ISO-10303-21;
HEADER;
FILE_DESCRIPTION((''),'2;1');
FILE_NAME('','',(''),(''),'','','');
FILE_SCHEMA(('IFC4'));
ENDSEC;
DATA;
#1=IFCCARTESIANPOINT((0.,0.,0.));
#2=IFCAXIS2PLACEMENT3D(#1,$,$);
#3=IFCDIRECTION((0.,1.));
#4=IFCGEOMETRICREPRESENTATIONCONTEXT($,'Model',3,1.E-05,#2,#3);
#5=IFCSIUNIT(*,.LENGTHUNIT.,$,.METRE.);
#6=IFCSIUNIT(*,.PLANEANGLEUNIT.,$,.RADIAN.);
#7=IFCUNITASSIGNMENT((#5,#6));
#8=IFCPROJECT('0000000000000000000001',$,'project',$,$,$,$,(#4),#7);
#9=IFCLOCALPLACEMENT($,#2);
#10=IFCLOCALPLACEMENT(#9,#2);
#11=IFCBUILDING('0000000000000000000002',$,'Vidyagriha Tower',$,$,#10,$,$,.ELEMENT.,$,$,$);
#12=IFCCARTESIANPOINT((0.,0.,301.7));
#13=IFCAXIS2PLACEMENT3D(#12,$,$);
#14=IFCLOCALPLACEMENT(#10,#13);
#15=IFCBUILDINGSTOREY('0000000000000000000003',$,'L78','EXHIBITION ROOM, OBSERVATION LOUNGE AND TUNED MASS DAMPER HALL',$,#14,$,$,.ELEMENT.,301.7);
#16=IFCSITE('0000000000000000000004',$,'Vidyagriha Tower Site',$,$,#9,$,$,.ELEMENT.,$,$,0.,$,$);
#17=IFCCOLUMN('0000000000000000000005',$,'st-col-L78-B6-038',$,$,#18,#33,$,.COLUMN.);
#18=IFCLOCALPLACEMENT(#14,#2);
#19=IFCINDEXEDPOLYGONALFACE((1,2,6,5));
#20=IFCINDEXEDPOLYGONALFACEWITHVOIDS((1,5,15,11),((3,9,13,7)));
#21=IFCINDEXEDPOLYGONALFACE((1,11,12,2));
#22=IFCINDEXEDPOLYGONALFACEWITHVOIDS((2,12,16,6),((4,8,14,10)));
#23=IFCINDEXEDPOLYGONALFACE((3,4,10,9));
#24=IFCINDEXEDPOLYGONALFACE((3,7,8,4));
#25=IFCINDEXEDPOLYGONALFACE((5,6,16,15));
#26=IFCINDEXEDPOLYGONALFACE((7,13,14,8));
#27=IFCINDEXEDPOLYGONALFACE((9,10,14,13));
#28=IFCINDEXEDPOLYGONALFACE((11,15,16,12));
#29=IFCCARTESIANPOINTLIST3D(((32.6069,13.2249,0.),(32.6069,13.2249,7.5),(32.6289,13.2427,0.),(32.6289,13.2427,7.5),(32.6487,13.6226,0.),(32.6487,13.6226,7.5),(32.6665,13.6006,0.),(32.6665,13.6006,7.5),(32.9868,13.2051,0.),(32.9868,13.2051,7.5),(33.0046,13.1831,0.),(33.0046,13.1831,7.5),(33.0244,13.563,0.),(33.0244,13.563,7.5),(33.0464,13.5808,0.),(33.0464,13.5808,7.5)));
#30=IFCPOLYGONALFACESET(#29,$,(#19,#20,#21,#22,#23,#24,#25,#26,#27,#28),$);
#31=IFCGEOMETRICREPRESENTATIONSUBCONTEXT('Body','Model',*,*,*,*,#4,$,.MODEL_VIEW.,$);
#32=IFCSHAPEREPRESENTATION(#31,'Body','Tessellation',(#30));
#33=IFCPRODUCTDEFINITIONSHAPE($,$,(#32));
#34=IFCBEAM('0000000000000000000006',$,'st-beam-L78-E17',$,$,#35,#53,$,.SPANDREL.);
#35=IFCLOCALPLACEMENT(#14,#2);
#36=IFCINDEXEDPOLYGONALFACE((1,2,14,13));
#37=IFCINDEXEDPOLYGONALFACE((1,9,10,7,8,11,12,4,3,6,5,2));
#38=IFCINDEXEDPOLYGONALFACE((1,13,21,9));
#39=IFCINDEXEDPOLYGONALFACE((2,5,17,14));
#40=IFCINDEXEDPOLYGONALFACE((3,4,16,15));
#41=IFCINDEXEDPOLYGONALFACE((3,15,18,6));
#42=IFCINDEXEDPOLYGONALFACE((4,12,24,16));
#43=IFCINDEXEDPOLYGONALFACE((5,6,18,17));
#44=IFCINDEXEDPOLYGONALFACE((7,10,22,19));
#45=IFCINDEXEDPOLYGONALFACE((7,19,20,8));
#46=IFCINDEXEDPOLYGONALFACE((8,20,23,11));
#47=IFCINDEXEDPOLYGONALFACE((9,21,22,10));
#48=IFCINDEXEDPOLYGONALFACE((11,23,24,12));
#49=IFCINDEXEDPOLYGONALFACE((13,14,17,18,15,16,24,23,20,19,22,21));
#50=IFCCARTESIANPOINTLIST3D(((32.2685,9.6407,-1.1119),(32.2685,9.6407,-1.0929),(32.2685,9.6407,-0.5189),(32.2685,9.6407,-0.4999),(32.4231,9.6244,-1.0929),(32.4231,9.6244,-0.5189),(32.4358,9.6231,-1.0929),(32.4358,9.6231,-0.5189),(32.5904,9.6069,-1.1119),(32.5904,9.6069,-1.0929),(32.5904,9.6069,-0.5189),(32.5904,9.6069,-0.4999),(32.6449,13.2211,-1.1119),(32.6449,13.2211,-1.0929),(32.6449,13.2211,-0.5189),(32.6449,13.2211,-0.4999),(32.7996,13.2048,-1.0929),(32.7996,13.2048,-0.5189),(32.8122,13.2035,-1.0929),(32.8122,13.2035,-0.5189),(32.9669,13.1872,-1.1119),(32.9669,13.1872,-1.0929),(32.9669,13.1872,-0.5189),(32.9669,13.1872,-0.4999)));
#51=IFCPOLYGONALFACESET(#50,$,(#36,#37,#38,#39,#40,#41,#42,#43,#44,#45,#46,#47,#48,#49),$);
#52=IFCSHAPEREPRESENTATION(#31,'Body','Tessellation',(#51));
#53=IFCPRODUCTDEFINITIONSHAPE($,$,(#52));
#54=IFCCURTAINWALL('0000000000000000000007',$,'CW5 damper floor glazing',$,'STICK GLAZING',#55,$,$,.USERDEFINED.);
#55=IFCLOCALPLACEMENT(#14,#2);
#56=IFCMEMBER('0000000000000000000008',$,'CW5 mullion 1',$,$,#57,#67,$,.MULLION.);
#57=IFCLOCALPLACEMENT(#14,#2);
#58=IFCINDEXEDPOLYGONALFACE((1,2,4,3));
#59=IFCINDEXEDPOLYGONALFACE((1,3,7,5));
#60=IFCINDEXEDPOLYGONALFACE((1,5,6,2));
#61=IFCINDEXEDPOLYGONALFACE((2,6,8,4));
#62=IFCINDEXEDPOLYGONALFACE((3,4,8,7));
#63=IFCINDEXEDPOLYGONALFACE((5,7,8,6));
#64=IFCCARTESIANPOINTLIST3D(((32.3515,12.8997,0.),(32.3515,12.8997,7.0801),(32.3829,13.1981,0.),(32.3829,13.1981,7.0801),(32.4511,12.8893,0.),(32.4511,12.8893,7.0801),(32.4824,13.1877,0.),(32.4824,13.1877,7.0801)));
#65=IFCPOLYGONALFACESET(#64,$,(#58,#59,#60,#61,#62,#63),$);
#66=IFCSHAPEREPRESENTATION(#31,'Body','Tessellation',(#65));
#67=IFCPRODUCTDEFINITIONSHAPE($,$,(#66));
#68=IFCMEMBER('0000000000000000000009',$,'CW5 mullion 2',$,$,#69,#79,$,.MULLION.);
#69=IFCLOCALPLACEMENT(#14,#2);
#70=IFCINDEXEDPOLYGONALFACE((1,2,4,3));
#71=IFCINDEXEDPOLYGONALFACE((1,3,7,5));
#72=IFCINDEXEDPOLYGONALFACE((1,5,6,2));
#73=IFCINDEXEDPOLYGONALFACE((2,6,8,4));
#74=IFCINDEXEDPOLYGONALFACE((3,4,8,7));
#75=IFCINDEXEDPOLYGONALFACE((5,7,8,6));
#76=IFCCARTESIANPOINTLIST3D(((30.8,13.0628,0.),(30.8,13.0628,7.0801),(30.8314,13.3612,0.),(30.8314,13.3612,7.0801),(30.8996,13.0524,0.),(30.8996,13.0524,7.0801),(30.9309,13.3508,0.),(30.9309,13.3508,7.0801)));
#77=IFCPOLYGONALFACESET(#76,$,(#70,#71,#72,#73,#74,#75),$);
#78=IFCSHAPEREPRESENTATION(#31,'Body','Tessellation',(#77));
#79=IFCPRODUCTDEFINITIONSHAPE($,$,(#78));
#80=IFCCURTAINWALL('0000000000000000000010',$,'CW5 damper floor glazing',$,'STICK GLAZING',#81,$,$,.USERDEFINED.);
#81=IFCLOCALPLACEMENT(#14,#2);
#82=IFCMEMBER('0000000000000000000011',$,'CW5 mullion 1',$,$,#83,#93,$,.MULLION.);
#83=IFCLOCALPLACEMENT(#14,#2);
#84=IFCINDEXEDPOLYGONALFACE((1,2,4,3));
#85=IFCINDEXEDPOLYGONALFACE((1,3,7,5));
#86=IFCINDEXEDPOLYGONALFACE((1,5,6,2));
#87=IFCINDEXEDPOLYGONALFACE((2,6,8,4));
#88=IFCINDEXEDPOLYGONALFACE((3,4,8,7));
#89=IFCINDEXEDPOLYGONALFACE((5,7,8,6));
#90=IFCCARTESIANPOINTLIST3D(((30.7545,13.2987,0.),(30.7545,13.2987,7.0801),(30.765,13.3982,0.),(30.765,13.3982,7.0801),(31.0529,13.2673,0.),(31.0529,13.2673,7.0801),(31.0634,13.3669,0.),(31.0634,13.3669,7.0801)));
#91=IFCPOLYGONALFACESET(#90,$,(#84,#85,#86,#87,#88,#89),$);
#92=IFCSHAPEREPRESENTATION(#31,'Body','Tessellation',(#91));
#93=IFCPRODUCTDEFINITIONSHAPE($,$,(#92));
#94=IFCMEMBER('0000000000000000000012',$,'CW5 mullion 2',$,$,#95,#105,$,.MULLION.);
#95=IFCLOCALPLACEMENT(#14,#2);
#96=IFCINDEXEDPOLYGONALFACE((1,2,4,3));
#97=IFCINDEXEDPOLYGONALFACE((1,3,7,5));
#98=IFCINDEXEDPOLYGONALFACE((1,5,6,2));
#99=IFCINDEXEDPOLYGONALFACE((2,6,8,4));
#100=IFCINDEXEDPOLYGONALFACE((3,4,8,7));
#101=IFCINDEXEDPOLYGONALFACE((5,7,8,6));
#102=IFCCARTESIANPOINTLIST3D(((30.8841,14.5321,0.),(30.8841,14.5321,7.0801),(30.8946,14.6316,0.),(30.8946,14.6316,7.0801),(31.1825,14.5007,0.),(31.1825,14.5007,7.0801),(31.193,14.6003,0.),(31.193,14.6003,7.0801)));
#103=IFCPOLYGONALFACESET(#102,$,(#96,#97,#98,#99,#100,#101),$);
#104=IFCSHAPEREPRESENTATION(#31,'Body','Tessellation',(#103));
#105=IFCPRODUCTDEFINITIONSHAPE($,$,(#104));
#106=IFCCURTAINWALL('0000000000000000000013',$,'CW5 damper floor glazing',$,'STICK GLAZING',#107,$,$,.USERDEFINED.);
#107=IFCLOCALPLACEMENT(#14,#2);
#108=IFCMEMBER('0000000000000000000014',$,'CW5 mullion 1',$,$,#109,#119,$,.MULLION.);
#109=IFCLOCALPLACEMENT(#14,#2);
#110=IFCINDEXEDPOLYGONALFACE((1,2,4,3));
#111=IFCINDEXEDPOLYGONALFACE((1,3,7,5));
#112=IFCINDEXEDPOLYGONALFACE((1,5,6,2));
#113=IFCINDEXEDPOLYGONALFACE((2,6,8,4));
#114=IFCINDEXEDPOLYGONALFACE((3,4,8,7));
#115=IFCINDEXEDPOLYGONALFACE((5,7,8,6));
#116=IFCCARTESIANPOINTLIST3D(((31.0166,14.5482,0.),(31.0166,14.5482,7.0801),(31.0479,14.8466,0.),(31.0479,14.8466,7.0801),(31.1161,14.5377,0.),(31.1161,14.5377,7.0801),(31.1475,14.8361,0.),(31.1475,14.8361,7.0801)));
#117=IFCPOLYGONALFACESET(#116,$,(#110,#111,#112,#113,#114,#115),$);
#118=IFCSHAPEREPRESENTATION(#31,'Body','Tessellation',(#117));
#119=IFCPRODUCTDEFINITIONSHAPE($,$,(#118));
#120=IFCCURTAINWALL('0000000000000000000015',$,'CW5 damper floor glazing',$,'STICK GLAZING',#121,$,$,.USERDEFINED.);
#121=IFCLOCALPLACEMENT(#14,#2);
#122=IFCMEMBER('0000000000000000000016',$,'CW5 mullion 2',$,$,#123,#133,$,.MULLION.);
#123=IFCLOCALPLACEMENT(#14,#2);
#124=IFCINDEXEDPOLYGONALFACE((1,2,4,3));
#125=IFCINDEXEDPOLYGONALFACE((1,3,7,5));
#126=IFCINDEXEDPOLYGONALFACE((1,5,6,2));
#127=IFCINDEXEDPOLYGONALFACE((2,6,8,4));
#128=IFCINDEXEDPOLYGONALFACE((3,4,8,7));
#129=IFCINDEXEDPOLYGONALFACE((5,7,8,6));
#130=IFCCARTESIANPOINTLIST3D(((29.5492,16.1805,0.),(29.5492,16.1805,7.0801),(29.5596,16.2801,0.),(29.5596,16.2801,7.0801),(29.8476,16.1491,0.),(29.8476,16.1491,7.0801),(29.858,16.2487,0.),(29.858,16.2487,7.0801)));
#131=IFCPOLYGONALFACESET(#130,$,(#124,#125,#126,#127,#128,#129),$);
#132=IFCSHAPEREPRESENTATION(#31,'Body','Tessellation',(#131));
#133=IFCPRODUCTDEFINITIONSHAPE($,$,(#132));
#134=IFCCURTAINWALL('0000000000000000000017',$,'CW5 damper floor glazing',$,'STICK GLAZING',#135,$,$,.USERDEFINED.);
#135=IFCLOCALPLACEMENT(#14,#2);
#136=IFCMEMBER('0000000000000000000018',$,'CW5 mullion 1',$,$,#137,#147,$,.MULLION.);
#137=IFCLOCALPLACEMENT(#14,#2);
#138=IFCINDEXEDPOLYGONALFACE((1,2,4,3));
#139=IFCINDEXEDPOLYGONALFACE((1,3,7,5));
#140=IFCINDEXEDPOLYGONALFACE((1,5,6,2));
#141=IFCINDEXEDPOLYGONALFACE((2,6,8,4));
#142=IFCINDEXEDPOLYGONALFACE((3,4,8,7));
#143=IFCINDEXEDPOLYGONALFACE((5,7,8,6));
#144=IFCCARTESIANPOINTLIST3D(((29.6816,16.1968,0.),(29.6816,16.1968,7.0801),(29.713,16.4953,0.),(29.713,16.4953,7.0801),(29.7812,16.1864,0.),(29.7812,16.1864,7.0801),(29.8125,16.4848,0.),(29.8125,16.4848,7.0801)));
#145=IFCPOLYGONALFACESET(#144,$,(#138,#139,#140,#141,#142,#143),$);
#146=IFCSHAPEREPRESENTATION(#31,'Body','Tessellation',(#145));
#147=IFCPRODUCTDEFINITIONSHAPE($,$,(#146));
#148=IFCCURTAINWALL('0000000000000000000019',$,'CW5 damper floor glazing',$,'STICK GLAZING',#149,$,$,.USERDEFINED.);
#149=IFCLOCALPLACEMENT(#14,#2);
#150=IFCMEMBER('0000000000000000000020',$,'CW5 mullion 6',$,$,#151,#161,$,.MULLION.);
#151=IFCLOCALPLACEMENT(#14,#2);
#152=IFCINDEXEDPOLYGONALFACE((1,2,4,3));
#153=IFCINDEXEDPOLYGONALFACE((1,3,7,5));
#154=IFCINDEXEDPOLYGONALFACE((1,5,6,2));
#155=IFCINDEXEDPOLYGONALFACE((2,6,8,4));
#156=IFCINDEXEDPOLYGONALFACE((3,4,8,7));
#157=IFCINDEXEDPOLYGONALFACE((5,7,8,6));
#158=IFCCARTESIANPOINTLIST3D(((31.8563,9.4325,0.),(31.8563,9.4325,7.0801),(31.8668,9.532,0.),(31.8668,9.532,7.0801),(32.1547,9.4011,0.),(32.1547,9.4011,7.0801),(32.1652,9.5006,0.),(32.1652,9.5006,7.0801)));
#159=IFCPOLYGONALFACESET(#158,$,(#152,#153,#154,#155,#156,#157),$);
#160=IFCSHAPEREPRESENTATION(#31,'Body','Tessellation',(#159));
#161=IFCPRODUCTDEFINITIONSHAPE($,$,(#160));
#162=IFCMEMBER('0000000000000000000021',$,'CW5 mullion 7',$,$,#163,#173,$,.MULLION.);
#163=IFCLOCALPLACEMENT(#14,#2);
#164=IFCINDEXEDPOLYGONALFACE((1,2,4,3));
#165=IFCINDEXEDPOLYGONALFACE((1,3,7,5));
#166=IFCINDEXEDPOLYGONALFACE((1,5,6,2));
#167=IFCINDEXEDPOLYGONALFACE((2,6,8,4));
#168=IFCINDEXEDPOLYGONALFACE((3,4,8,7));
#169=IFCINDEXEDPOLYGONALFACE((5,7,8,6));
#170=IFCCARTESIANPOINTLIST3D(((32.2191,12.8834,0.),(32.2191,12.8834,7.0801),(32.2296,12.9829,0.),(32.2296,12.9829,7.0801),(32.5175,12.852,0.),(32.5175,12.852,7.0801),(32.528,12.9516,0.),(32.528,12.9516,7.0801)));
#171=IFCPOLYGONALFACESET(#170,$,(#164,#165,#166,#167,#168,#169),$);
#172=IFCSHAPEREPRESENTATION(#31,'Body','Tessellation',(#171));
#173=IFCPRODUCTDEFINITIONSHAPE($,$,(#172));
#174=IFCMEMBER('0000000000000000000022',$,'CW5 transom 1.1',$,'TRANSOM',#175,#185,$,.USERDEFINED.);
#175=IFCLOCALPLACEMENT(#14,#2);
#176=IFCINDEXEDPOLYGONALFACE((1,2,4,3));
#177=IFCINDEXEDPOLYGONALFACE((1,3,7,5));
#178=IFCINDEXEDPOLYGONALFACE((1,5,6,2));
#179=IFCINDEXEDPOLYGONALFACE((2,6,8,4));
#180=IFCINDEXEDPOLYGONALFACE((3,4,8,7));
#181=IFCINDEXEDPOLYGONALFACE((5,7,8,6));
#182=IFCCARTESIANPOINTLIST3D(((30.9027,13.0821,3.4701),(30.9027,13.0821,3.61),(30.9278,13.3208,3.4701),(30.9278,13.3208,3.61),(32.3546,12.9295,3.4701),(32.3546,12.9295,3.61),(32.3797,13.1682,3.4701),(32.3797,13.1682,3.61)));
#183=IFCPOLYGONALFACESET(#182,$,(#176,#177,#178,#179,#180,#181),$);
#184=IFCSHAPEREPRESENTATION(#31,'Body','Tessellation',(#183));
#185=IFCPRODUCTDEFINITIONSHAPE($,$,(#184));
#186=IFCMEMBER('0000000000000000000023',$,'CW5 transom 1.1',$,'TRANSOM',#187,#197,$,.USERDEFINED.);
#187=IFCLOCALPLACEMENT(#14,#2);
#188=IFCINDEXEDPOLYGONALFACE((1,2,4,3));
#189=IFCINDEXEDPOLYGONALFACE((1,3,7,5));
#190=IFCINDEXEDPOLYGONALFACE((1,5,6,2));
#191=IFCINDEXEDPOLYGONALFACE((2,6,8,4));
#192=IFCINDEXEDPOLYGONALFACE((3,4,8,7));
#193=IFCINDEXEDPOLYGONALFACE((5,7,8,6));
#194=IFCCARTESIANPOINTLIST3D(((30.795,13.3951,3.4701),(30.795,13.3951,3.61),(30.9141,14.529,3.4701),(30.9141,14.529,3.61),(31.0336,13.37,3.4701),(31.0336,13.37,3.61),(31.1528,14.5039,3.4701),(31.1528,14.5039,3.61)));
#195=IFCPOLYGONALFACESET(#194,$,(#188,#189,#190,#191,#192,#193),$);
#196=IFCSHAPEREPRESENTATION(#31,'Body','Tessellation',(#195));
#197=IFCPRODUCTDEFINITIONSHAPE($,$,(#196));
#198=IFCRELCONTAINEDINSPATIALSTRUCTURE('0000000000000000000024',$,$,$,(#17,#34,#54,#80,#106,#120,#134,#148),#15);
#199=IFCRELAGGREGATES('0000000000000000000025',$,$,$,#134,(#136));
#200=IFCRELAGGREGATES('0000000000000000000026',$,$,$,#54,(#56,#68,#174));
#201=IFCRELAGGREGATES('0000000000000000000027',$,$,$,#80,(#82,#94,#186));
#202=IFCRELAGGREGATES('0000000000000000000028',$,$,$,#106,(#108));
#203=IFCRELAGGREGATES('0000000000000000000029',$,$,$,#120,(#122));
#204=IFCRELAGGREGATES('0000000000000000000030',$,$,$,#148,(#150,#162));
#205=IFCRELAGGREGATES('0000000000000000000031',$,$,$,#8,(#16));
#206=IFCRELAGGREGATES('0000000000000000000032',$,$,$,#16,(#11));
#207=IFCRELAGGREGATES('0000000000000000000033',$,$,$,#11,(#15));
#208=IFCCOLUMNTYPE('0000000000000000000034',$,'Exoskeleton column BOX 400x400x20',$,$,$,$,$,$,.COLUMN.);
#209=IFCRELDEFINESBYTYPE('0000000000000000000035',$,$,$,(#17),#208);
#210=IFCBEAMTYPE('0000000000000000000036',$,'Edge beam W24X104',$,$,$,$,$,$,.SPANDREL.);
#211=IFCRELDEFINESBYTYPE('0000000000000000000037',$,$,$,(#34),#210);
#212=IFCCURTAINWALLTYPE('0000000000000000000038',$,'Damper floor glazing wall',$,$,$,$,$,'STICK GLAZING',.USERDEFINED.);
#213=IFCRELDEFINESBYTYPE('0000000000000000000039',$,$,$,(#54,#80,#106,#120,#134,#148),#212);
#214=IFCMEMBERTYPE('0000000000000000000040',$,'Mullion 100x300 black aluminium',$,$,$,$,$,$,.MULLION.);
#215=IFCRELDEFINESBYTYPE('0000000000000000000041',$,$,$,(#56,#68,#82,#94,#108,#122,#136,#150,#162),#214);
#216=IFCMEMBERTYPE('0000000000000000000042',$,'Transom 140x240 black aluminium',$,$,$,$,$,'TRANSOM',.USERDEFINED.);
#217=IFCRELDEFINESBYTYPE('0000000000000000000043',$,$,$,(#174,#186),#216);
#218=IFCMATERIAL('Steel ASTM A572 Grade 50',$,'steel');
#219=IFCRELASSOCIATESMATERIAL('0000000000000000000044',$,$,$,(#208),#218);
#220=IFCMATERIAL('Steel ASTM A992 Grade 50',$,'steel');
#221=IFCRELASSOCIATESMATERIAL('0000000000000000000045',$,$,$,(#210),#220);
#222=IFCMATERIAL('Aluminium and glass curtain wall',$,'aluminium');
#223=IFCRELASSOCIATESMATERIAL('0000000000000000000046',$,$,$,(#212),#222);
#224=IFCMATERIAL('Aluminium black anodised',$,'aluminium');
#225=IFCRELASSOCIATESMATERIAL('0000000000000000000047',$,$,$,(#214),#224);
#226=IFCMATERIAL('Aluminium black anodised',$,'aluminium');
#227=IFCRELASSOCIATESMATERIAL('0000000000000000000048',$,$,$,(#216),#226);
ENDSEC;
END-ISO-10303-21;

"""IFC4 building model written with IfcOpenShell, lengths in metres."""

from ifc_helpers import new_model, si_unit, direction, frame, origin, origin_2d, place, context, subcontext, project, spatial, rectangle, hollow_rectangle, i_section, extrude, material, material_profile, profile_set, type_object, element, aggregate, save


model = new_model("IFC4")

# Units and contexts
model_context = context("Model", 3, precision=1e-05, world=origin(), true_north=direction((0.0, 1.0)))
body_context = subcontext(model_context, "Body", "Model", "MODEL_VIEW")
ifc_project = project(units=[si_unit("LENGTHUNIT", "METRE"), si_unit("PLANEANGLEUNIT", "RADIAN")], contexts=[model_context])

# Site, building, storey
site_placement = place(None, origin())
site = spatial("IfcSite", under=ifc_project, at=site_placement, Name="Vidyagriha Tower Site", CompositionType="ELEMENT", RefElevation=0.0)
building_placement = place(site_placement, origin())
building = spatial("IfcBuilding", under=site, at=building_placement, Name="Vidyagriha Tower", CompositionType="ELEMENT")
storey_placement = place(building_placement, frame((0.0, 0.0, 301.7)))
storey = spatial("IfcBuildingStorey", under=building, at=storey_placement, Name="L78", Description="EXHIBITION ROOM, OBSERVATION LOUNGE AND TUNED MASS DAMPER HALL", CompositionType="ELEMENT", Elevation=301.7)

# Column
ifc_material_1 = material(Name="Steel ASTM A572 Grade 50", Category="steel")
ifc_material_profile_1 = material_profile(ifc_material_1, hollow_rectangle(XDim=0.3999, YDim=0.3999, WallThickness=0.02, at=origin_2d()), Name="BOX 400x400x20")
ifc_profile_set_1 = profile_set([ifc_material_profile_1], Name="Steel ASTM A572 Grade 50")
column_type = type_object("IfcColumnType", Name="Exoskeleton column BOX 400x400x20", PredefinedType="COLUMN", material=ifc_profile_set_1)
column_placement = place(storey_placement, frame((32.8267, 13.4028, 0.0), z_axis=(0.0, 0.0, 1.0), x_axis=(0.994522, -0.104528, 0.0)))
element("IfcColumn", 1, at=column_placement, inside=storey, type_object=column_type, Name="st-col-L78-B6-038", PredefinedType="COLUMN", context=body_context, shape_type="SweptSolid", body=[
    extrude(hollow_rectangle(XDim=0.3999, YDim=0.3999, WallThickness=0.02, at=origin_2d()), origin(), (0.0, 0.0, 1.0), 7.5),
])

# Beam
ifc_material_2 = material(Name="Steel ASTM A992 Grade 50", Category="steel")
ifc_material_profile_2 = material_profile(ifc_material_2, i_section(OverallWidth=0.3237, OverallDepth=0.6121, WebThickness=0.0127, FlangeThickness=0.019, at=origin_2d()), Name="W24X104")
ifc_profile_set_2 = profile_set([ifc_material_profile_2], Name="Steel ASTM A992 Grade 50")
beam_type = type_object("IfcBeamType", Name="Edge beam W24X104", PredefinedType="SPANDREL", material=ifc_profile_set_2)
beam_placement = place(storey_placement, frame((32.4294, 9.6238, -0.8059), z_axis=(0.104572, 0.994517, 0.0), x_axis=(-0.994517, 0.104572, 0.0)))
element("IfcBeam", 2, at=beam_placement, inside=storey, type_object=beam_type, Name="st-beam-L78-E17", PredefinedType="SPANDREL", context=body_context, shape_type="SweptSolid", body=[
    extrude(i_section(OverallWidth=0.3237, OverallDepth=0.6121, WebThickness=0.0127, FlangeThickness=0.019, at=origin_2d()), origin(), (0.0, 0.0, 1.0), 3.6001),
])

# Curtain walls, members
ifc_material_3 = material(Name="Aluminium and glass curtain wall", Category="aluminium")
curtain_wall_type = type_object("IfcCurtainWallType", Name="Damper floor glazing wall", ElementType="STICK GLAZING", PredefinedType="USERDEFINED", material=ifc_material_3)
curtain_wall_1_placement = place(storey_placement, origin())
curtain_wall_1 = element("IfcCurtainWall", 3, at=curtain_wall_1_placement, inside=storey, type_object=curtain_wall_type, Name="CW5 damper floor glazing", ObjectType="STICK GLAZING", PredefinedType="USERDEFINED")
ifc_material_4 = material(Name="Aluminium black anodised", Category="aluminium")
ifc_material_profile_3 = material_profile(ifc_material_4, rectangle(XDim=0.3, YDim=0.1001, at=origin_2d()), Name="Mullion 100x300 black aluminium")
ifc_profile_set_3 = profile_set([ifc_material_profile_3], Name="Aluminium black anodised")
member_type_1 = type_object("IfcMemberType", Name="Mullion 100x300 black aluminium", PredefinedType="MULLION", material=ifc_profile_set_3)
member_1_placement = place(storey_placement, frame((32.417, 13.0437, 0.0), z_axis=(0.0, 0.0, 1.0), x_axis=(-0.104465, -0.994529, 0.0)))
member_1 = element("IfcMember", 4, at=member_1_placement, type_object=member_type_1, Name="CW5 mullion 1", PredefinedType="MULLION", context=body_context, shape_type="SweptSolid", body=[
    extrude(rectangle(XDim=0.3, YDim=0.1001, at=origin_2d()), origin(), (0.0, 0.0, 1.0), 7.0801),
])
member_2_placement = place(storey_placement, frame((30.8655, 13.2068, 0.0), z_axis=(0.0, 0.0, 1.0), x_axis=(-0.104465, -0.994529, 0.0)))
member_2 = element("IfcMember", 5, at=member_2_placement, type_object=member_type_1, Name="CW5 mullion 2", PredefinedType="MULLION", context=body_context, shape_type="SweptSolid", body=[
    extrude(rectangle(XDim=0.3, YDim=0.1001, at=origin_2d()), origin(), (0.0, 0.0, 1.0), 7.0801),
])
curtain_wall_2_placement = place(storey_placement, origin())
curtain_wall_2 = element("IfcCurtainWall", 6, at=curtain_wall_2_placement, inside=storey, type_object=curtain_wall_type, Name="CW5 damper floor glazing", ObjectType="STICK GLAZING", PredefinedType="USERDEFINED")
member_3_placement = place(storey_placement, frame((30.9089, 13.3328, 0.0), z_axis=(0.0, 0.0, 1.0), x_axis=(-0.994528, 0.104475, 0.0)))
member_3 = element("IfcMember", 7, at=member_3_placement, type_object=member_type_1, Name="CW5 mullion 1", PredefinedType="MULLION", context=body_context, shape_type="SweptSolid", body=[
    extrude(rectangle(XDim=0.3, YDim=0.1001, at=origin_2d()), origin(), (0.0, 0.0, 1.0), 7.0801),
])
member_4_placement = place(storey_placement, frame((31.0386, 14.5662, 0.0), z_axis=(0.0, 0.0, 1.0), x_axis=(-0.994528, 0.104475, 0.0)))
member_4 = element("IfcMember", 8, at=member_4_placement, type_object=member_type_1, Name="CW5 mullion 2", PredefinedType="MULLION", context=body_context, shape_type="SweptSolid", body=[
    extrude(rectangle(XDim=0.3, YDim=0.1001, at=origin_2d()), origin(), (0.0, 0.0, 1.0), 7.0801),
])

# Curtain walls, members
curtain_wall_3_placement = place(storey_placement, origin())
curtain_wall_3 = element("IfcCurtainWall", 9, at=curtain_wall_3_placement, inside=storey, type_object=curtain_wall_type, Name="CW5 damper floor glazing", ObjectType="STICK GLAZING", PredefinedType="USERDEFINED")
member_5_placement = place(storey_placement, frame((31.082, 14.6921, 0.0), z_axis=(0.0, 0.0, 1.0), x_axis=(-0.104519, -0.994523, 0.0)))
member_5 = element("IfcMember", 10, at=member_5_placement, type_object=member_type_1, Name="CW5 mullion 1", PredefinedType="MULLION", context=body_context, shape_type="SweptSolid", body=[
    extrude(rectangle(XDim=0.3, YDim=0.1001, at=origin_2d()), origin(), (0.0, 0.0, 1.0), 7.0801),
])
curtain_wall_4_placement = place(storey_placement, origin())
curtain_wall_4 = element("IfcCurtainWall", 11, at=curtain_wall_4_placement, inside=storey, type_object=curtain_wall_type, Name="CW5 damper floor glazing", ObjectType="STICK GLAZING", PredefinedType="USERDEFINED")
member_6_placement = place(storey_placement, frame((29.7036, 16.2146, 0.0), z_axis=(0.0, 0.0, 1.0), x_axis=(-0.994519, 0.104557, 0.0)))
member_6 = element("IfcMember", 12, at=member_6_placement, type_object=member_type_1, Name="CW5 mullion 2", PredefinedType="MULLION", context=body_context, shape_type="SweptSolid", body=[
    extrude(rectangle(XDim=0.3, YDim=0.1001, at=origin_2d()), origin(), (0.0, 0.0, 1.0), 7.0801),
])
curtain_wall_5_placement = place(storey_placement, origin())
curtain_wall_5 = element("IfcCurtainWall", 13, at=curtain_wall_5_placement, inside=storey, type_object=curtain_wall_type, Name="CW5 damper floor glazing", ObjectType="STICK GLAZING", PredefinedType="USERDEFINED")
member_7_placement = place(storey_placement, frame((29.7471, 16.3408, 0.0), z_axis=(0.0, 0.0, 1.0), x_axis=(-0.104519, -0.994523, 0.0)))
member_7 = element("IfcMember", 14, at=member_7_placement, type_object=member_type_1, Name="CW5 mullion 1", PredefinedType="MULLION", context=body_context, shape_type="SweptSolid", body=[
    extrude(rectangle(XDim=0.3, YDim=0.1001, at=origin_2d()), origin(), (0.0, 0.0, 1.0), 7.0801),
])

# Curtain wall, members
curtain_wall_6_placement = place(storey_placement, origin())
curtain_wall_6 = element("IfcCurtainWall", 15, at=curtain_wall_6_placement, inside=storey, type_object=curtain_wall_type, Name="CW5 damper floor glazing", ObjectType="STICK GLAZING", PredefinedType="USERDEFINED")
member_8_placement = place(storey_placement, frame((32.0107, 9.4666, 0.0), z_axis=(0.0, 0.0, 1.0), x_axis=(-0.994522, 0.104527, 0.0)))
member_8 = element("IfcMember", 16, at=member_8_placement, type_object=member_type_1, Name="CW5 mullion 6", PredefinedType="MULLION", context=body_context, shape_type="SweptSolid", body=[
    extrude(rectangle(XDim=0.3, YDim=0.1001, at=origin_2d()), origin(), (0.0, 0.0, 1.0), 7.0801),
])
member_9_placement = place(storey_placement, frame((32.3735, 12.9175, 0.0), z_axis=(0.0, 0.0, 1.0), x_axis=(-0.994522, 0.104527, 0.0)))
member_9 = element("IfcMember", 17, at=member_9_placement, type_object=member_type_1, Name="CW5 mullion 7", PredefinedType="MULLION", context=body_context, shape_type="SweptSolid", body=[
    extrude(rectangle(XDim=0.3, YDim=0.1001, at=origin_2d()), origin(), (0.0, 0.0, 1.0), 7.0801),
])

# Members
ifc_material_5 = material(Name="Aluminium black anodised", Category="aluminium")
ifc_material_profile_4 = material_profile(ifc_material_5, rectangle(XDim=0.24, YDim=0.1399, at=origin_2d()), Name="Transom 140x240 black aluminium")
ifc_profile_set_4 = profile_set([ifc_material_profile_4], Name="Aluminium black anodised")
member_type_2 = type_object("IfcMemberType", Name="Transom 140x240 black aluminium", ElementType="TRANSOM", PredefinedType="USERDEFINED", material=ifc_profile_set_4)
member_10_placement = place(storey_placement, frame((32.3672, 13.0488, 3.54), z_axis=(-0.994523, 0.104519, 0.0), x_axis=(-0.104519, -0.994523, 0.0)))
member_10 = element("IfcMember", 18, at=member_10_placement, type_object=member_type_2, Name="CW5 transom 1.1", ObjectType="TRANSOM", PredefinedType="USERDEFINED", context=body_context, shape_type="SweptSolid", body=[
    extrude(rectangle(XDim=0.24, YDim=0.1399, at=origin_2d()), origin(), (0.0, 0.0, 1.0), 1.46),
])
member_11_placement = place(storey_placement, frame((30.9143, 13.3826, 3.54), z_axis=(0.104506, 0.994524, 0.0), x_axis=(-0.994524, 0.104506, 0.0)))
member_11 = element("IfcMember", 19, at=member_11_placement, type_object=member_type_2, Name="CW5 transom 1.1", ObjectType="TRANSOM", PredefinedType="USERDEFINED", context=body_context, shape_type="SweptSolid", body=[
    extrude(rectangle(XDim=0.24, YDim=0.1399, at=origin_2d()), origin(), (0.0, 0.0, 1.0), 1.1401),
])
aggregate(curtain_wall_5, [member_7])

aggregate(curtain_wall_1, [member_1, member_2, member_10])
aggregate(curtain_wall_2, [member_3, member_4, member_11])
aggregate(curtain_wall_3, [member_5])
aggregate(curtain_wall_4, [member_6])
aggregate(curtain_wall_6, [member_8, member_9])

save(model, "model.ifc")
